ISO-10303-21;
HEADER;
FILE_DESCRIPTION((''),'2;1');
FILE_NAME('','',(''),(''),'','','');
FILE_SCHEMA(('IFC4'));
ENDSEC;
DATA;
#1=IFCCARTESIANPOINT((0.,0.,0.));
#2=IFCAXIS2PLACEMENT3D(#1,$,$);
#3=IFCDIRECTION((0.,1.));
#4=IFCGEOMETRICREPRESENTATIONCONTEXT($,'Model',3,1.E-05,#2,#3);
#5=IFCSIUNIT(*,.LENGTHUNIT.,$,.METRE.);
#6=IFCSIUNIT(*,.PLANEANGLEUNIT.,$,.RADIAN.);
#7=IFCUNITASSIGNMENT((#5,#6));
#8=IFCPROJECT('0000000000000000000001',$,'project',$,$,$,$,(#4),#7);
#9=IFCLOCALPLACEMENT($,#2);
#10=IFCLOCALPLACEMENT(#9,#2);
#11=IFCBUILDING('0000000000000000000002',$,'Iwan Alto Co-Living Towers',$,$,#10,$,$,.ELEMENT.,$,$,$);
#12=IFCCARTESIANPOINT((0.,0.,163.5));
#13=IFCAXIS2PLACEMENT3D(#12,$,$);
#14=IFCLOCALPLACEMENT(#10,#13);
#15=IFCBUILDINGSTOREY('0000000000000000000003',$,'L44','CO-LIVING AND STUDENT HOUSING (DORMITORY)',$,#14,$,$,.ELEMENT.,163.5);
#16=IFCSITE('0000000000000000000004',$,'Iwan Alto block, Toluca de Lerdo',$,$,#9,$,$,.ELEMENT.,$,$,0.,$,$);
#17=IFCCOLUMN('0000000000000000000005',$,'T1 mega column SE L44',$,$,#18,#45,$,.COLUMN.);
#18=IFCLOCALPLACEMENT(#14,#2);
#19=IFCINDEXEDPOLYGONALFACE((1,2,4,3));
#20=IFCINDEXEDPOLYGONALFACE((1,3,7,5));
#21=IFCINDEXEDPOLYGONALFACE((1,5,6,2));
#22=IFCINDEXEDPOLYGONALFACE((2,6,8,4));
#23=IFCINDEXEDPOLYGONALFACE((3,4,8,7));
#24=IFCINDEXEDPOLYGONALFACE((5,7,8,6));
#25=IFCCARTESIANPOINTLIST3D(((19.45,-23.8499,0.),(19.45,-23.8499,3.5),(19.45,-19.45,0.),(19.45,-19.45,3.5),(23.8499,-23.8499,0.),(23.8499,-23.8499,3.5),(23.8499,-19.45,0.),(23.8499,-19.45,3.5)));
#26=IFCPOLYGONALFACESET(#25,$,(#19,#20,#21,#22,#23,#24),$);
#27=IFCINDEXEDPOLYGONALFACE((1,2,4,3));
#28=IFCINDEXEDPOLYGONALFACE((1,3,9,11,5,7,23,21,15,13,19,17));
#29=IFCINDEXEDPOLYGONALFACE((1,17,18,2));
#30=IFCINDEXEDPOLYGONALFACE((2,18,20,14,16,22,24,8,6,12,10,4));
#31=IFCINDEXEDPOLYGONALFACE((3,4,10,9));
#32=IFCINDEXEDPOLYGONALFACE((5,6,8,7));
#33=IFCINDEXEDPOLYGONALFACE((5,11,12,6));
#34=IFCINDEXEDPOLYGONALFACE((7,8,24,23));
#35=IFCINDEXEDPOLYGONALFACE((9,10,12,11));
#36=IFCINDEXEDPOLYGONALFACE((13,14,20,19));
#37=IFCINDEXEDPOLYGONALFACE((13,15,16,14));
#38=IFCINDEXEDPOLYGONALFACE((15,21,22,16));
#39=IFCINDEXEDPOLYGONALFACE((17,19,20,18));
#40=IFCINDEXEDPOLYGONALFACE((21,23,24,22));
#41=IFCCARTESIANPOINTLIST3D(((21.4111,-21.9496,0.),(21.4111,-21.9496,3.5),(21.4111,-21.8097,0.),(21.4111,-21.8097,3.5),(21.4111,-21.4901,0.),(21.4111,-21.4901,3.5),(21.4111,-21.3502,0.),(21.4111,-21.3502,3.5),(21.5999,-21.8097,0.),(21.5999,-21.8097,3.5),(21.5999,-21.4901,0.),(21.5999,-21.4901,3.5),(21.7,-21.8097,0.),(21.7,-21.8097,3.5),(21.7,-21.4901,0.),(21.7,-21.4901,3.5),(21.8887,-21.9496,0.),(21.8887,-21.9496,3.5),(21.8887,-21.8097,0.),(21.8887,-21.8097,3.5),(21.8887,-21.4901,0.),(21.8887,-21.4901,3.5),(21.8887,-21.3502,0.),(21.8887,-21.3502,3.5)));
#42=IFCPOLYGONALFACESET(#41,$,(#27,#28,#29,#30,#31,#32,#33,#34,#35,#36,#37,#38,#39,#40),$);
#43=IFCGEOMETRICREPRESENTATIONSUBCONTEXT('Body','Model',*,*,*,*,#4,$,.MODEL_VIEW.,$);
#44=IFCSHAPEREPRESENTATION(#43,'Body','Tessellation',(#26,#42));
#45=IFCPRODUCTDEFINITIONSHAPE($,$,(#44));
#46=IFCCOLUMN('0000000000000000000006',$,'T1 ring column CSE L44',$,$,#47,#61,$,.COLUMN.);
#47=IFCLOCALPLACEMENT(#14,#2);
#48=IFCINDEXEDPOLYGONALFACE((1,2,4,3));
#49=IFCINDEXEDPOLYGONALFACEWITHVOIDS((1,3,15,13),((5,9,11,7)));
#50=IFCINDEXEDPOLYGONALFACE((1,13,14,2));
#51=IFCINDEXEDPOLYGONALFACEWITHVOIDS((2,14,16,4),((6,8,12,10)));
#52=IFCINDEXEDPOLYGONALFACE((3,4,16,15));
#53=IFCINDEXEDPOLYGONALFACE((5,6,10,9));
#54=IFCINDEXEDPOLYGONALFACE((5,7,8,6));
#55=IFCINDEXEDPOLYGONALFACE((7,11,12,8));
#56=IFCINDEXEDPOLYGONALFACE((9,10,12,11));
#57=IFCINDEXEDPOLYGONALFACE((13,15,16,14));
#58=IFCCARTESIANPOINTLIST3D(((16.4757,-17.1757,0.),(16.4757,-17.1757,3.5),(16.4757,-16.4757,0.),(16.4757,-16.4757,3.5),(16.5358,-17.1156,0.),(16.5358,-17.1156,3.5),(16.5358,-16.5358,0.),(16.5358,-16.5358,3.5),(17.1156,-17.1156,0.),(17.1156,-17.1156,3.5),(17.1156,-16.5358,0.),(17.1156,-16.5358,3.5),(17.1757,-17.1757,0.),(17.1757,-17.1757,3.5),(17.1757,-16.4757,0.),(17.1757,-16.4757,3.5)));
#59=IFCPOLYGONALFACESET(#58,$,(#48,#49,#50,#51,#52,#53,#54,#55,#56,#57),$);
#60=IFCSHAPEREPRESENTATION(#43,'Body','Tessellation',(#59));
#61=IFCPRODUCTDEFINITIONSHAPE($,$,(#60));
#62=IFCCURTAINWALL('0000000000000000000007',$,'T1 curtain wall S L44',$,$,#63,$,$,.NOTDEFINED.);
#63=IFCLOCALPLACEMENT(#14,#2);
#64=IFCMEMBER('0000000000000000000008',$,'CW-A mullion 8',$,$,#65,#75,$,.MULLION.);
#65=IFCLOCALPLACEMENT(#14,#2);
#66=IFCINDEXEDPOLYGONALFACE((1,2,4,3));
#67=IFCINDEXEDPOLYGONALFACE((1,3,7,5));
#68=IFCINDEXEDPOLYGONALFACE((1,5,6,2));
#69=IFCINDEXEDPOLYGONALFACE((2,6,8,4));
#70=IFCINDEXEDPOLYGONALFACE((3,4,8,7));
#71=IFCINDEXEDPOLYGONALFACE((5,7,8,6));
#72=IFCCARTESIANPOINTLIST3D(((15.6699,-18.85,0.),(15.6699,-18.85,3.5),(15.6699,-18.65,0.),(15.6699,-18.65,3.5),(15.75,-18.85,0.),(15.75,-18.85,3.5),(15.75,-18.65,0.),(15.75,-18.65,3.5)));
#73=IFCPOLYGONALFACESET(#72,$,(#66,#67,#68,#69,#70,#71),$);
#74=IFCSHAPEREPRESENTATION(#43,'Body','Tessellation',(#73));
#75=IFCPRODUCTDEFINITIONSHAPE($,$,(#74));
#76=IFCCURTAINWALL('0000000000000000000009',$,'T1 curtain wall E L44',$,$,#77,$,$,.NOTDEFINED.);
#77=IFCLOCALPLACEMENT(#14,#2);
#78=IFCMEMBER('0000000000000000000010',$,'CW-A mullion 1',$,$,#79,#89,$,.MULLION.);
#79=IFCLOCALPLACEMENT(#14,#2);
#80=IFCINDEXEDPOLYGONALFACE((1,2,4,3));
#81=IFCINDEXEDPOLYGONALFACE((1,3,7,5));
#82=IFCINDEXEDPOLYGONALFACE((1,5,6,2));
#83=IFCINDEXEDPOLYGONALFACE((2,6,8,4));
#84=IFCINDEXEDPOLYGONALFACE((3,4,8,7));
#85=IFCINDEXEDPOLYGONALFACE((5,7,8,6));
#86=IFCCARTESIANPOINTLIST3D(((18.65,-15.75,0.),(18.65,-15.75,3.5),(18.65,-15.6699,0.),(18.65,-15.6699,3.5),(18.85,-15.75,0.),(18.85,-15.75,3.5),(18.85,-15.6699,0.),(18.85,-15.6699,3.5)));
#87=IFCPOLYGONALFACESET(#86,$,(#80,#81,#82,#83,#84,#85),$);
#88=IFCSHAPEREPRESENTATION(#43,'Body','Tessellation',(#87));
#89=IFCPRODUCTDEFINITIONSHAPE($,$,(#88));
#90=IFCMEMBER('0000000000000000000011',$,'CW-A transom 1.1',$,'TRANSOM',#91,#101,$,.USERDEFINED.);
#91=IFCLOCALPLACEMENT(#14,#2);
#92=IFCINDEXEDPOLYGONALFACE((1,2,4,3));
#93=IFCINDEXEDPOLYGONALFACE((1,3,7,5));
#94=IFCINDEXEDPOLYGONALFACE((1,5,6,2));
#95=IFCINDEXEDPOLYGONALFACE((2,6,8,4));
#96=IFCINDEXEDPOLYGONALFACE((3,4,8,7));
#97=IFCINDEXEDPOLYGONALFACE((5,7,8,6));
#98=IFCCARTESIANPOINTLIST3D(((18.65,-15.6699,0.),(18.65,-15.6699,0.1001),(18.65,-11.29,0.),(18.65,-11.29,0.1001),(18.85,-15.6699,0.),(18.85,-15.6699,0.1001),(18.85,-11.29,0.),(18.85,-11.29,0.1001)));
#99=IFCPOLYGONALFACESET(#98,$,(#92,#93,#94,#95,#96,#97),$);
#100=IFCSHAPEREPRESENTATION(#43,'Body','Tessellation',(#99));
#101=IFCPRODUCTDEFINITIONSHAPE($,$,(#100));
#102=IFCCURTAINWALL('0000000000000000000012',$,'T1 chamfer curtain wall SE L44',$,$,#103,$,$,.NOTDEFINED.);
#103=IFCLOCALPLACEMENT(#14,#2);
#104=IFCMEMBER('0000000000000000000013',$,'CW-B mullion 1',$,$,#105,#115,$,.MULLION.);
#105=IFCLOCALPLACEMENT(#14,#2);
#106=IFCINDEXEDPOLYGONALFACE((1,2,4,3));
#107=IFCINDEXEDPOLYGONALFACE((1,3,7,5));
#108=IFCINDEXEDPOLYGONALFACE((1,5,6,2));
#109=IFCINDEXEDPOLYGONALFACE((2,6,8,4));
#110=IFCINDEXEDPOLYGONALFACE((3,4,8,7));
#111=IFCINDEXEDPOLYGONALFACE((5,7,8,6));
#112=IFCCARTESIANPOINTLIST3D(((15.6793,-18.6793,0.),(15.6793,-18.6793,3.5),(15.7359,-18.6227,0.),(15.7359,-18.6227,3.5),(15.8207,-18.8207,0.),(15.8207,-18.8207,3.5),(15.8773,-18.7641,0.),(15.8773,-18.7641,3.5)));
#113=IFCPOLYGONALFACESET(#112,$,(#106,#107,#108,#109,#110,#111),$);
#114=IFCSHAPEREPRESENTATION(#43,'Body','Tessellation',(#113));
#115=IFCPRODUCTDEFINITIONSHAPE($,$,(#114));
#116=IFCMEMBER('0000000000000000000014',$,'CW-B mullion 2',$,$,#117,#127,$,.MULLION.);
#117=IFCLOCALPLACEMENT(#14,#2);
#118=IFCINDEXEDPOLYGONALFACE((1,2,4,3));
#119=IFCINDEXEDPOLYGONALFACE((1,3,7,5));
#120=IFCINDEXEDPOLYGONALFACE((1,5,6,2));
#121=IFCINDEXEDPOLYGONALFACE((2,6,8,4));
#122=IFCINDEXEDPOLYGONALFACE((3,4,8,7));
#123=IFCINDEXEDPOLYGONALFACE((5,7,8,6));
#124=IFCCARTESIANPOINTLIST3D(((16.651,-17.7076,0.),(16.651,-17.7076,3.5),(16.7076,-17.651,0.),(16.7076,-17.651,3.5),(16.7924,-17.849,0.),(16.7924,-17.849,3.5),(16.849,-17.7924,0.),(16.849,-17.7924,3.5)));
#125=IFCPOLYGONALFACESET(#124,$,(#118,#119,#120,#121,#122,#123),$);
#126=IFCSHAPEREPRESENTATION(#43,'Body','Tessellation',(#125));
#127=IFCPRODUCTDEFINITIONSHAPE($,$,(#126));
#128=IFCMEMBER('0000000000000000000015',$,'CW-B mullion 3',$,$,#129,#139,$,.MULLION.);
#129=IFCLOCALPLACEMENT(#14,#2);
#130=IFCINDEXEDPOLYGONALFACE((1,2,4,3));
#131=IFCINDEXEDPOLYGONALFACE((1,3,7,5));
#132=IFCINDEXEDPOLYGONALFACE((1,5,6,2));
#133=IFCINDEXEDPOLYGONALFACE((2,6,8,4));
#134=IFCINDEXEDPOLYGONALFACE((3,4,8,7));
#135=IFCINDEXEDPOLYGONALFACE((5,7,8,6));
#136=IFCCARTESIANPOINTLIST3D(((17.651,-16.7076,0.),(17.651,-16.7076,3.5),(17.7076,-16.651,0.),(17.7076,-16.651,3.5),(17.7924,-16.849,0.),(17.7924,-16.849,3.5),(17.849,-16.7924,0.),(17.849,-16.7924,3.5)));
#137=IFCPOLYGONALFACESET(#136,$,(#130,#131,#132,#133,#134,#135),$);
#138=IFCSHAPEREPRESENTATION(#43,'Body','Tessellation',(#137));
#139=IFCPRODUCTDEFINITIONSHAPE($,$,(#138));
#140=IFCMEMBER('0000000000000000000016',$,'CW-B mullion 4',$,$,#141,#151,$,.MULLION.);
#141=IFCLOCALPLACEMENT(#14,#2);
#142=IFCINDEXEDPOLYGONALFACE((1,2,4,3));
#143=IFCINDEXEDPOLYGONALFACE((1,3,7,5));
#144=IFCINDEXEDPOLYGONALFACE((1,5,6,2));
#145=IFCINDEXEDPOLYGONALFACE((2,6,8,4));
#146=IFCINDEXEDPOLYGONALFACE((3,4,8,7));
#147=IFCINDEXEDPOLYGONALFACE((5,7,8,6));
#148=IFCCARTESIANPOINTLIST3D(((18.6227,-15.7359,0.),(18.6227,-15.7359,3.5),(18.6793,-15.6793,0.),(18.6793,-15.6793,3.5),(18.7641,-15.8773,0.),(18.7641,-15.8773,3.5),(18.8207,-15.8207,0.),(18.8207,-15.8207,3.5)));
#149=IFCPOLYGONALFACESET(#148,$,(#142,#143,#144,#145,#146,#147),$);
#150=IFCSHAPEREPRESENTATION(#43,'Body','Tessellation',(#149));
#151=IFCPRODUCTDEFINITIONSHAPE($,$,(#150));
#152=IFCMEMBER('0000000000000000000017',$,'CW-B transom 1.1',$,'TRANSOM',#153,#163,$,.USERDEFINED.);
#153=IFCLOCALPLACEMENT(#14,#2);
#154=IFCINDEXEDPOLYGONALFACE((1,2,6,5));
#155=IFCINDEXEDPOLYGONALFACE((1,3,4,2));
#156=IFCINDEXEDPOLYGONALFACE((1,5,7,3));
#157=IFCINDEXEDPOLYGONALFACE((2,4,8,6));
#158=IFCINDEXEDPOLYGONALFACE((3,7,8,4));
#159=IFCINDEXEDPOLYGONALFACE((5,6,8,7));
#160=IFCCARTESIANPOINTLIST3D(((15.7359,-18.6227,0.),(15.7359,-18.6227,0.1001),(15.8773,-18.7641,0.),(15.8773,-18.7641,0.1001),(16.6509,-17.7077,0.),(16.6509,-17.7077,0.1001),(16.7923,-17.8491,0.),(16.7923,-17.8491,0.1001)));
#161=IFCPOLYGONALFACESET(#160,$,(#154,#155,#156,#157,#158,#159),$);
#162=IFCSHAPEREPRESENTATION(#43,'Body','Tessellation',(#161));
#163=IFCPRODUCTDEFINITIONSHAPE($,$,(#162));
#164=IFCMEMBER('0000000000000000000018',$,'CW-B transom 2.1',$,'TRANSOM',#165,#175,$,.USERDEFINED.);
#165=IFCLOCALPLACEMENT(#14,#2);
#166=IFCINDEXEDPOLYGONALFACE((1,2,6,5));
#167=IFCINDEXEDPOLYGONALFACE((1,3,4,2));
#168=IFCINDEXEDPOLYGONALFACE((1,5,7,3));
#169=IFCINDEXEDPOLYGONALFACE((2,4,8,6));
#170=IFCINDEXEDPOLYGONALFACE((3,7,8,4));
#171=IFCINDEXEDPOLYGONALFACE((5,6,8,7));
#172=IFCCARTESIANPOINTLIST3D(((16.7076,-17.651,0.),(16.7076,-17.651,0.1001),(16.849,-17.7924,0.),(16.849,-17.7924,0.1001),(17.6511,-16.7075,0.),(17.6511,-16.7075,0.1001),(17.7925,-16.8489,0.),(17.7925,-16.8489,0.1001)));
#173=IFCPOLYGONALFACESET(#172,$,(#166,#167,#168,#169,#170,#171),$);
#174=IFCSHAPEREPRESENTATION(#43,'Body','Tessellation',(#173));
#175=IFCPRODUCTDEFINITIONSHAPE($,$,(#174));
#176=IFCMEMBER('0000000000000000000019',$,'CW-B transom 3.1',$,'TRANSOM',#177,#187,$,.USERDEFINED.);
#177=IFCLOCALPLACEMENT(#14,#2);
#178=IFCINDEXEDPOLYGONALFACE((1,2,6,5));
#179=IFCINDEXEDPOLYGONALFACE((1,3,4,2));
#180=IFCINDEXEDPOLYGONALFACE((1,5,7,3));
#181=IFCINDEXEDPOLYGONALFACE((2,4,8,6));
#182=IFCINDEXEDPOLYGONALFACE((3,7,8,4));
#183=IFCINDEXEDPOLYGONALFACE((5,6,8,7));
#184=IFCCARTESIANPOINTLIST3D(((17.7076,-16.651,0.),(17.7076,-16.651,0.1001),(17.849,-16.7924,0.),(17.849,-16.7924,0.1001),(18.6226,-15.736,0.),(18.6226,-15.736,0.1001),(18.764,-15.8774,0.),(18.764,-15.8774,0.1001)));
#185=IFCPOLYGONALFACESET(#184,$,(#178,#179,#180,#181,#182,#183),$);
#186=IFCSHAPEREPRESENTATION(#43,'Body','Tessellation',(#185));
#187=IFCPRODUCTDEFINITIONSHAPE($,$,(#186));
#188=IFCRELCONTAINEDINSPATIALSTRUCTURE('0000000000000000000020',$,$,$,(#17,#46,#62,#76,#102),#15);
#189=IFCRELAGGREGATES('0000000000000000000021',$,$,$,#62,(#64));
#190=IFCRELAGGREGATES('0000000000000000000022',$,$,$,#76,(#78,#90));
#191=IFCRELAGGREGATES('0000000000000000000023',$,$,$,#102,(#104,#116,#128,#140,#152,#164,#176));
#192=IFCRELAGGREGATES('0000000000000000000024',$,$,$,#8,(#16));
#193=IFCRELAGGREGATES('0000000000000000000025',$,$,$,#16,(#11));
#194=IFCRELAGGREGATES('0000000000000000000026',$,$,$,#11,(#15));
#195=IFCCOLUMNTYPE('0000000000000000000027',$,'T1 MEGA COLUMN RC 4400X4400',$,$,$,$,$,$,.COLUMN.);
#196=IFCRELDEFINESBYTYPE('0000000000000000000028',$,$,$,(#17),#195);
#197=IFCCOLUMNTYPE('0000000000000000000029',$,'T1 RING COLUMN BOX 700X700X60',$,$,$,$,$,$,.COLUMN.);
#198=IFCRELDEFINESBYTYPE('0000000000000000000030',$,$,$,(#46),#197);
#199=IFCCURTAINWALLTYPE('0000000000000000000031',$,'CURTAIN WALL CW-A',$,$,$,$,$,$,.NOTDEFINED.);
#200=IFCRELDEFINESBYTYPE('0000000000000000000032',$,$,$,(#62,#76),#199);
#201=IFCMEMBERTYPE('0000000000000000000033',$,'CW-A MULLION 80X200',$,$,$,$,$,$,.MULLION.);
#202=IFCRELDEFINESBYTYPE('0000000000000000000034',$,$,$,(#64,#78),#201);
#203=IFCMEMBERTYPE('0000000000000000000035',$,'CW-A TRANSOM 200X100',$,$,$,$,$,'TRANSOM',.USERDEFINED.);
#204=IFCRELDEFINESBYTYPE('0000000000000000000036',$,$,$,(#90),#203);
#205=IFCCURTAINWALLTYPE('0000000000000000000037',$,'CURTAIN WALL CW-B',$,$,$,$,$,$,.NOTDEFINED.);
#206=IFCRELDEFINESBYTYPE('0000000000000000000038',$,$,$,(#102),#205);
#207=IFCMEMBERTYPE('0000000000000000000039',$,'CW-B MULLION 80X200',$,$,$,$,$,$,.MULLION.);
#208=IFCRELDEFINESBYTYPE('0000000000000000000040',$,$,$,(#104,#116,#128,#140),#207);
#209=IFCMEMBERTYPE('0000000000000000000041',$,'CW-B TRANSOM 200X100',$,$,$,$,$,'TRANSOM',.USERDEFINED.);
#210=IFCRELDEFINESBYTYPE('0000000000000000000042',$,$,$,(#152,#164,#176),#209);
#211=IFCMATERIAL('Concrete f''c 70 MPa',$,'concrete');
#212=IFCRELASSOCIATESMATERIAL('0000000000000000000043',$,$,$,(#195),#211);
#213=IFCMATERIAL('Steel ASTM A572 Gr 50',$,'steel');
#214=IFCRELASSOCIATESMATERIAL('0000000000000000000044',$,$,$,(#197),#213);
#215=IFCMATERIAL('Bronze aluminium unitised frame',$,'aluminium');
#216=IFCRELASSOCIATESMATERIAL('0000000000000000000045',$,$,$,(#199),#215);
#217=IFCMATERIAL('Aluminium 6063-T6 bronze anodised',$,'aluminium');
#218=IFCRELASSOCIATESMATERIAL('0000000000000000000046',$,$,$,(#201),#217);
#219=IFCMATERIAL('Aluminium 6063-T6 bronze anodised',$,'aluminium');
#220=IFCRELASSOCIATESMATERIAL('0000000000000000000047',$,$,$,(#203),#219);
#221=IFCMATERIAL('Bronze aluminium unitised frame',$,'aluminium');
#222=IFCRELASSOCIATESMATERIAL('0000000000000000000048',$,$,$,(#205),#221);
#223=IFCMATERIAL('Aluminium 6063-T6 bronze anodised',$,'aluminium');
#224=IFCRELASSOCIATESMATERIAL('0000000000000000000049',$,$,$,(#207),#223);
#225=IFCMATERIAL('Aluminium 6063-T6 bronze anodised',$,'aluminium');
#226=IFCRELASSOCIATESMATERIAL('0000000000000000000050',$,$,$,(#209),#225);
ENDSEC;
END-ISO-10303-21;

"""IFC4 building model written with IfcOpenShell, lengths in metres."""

from ifc_helpers import new_model, si_unit, direction, frame, origin, origin_2d, place, context, subcontext, project, spatial, rectangle, hollow_rectangle, i_section, extrude, material, material_profile, profile_set, type_object, element, aggregate, save


model = new_model("IFC4")

# Units and contexts
model_context = context("Model", 3, precision=1e-05, world=origin(), true_north=direction((0.0, 1.0)))
body_context = subcontext(model_context, "Body", "Model", "MODEL_VIEW")
ifc_project = project(units=[si_unit("LENGTHUNIT", "METRE"), si_unit("PLANEANGLEUNIT", "RADIAN")], contexts=[model_context])

# Site, building, storey
site_placement = place(None, origin())
site = spatial("IfcSite", under=ifc_project, at=site_placement, Name="Iwan Alto block, Toluca de Lerdo", CompositionType="ELEMENT", RefElevation=0.0)
building_placement = place(site_placement, origin())
building = spatial("IfcBuilding", under=site, at=building_placement, Name="Iwan Alto Co-Living Towers", CompositionType="ELEMENT")
storey_placement = place(building_placement, frame((0.0, 0.0, 163.5)))
storey = spatial("IfcBuildingStorey", under=building, at=storey_placement, Name="L44", Description="CO-LIVING AND STUDENT HOUSING (DORMITORY)", CompositionType="ELEMENT", Elevation=163.5)

# Columns
ifc_material_1 = material(Name="Concrete f'c 70 MPa", Category="concrete")
ifc_material_profile_1 = material_profile(ifc_material_1, rectangle(XDim=4.3999, YDim=4.3999, at=origin_2d()), Name="RC 4400X4400")
ifc_profile_set_1 = profile_set([ifc_material_profile_1], Name="Concrete f'c 70 MPa")
column_type_1 = type_object("IfcColumnType", Name="T1 MEGA COLUMN RC 4400X4400", PredefinedType="COLUMN", material=ifc_profile_set_1)
column_1_placement = place(storey_placement, frame((21.6499, -21.6499, 0.0), z_axis=(0.0, 0.0, 1.0), x_axis=(1.0, 0.0, 0.0)))
element("IfcColumn", 1, at=column_1_placement, inside=storey, type_object=column_type_1, Name="T1 mega column SE L44", PredefinedType="COLUMN", context=body_context, shape_type="SweptSolid", body=[
    extrude(rectangle(XDim=4.3999, YDim=4.3999, at=origin_2d()), origin(), (0.0, 0.0, 1.0), 3.5),
    extrude(i_section(OverallWidth=0.4775, OverallDepth=0.5994, WebThickness=0.1001, FlangeThickness=0.1399, at=origin_2d()), origin(), (0.0, 0.0, 1.0), 3.5),
])
ifc_material_2 = material(Name="Steel ASTM A572 Gr 50", Category="steel")
ifc_material_profile_2 = material_profile(ifc_material_2, hollow_rectangle(XDim=0.7, YDim=0.7, WallThickness=0.0601, at=origin_2d()), Name="BOX 700X700X60")
ifc_profile_set_2 = profile_set([ifc_material_profile_2], Name="Steel ASTM A572 Gr 50")
column_type_2 = type_object("IfcColumnType", Name="T1 RING COLUMN BOX 700X700X60", PredefinedType="COLUMN", material=ifc_profile_set_2)
column_2_placement = place(storey_placement, frame((16.8257, -16.8257, 0.0), z_axis=(0.0, 0.0, 1.0), x_axis=(1.0, 0.0, 0.0)))
element("IfcColumn", 2, at=column_2_placement, inside=storey, type_object=column_type_2, Name="T1 ring column CSE L44", PredefinedType="COLUMN", context=body_context, shape_type="SweptSolid", body=[
    extrude(hollow_rectangle(XDim=0.7, YDim=0.7, WallThickness=0.0601, at=origin_2d()), origin(), (0.0, 0.0, 1.0), 3.5),
])

# Curtain wall, member
ifc_material_3 = material(Name="Bronze aluminium unitised frame", Category="aluminium")
curtain_wall_type_1 = type_object("IfcCurtainWallType", Name="CURTAIN WALL CW-A", PredefinedType="NOTDEFINED", material=ifc_material_3)
curtain_wall_1_placement = place(storey_placement, origin())
curtain_wall_1 = element("IfcCurtainWall", 3, at=curtain_wall_1_placement, inside=storey, type_object=curtain_wall_type_1, Name="T1 curtain wall S L44", PredefinedType="NOTDEFINED")
ifc_material_4 = material(Name="Aluminium 6063-T6 bronze anodised", Category="aluminium")
ifc_material_profile_3 = material_profile(ifc_material_4, rectangle(XDim=0.2, YDim=0.0801, at=origin_2d()), Name="AL 80X200")
ifc_profile_set_3 = profile_set([ifc_material_profile_3], Name="Aluminium 6063-T6 bronze anodised")
member_type_1 = type_object("IfcMemberType", Name="CW-A MULLION 80X200", PredefinedType="MULLION", material=ifc_profile_set_3)
member_1_placement = place(storey_placement, frame((15.71, -18.75, 0.0), z_axis=(0.0, 0.0, 1.0), x_axis=(0.0, 1.0, 0.0)))
member_1 = element("IfcMember", 4, at=member_1_placement, type_object=member_type_1, Name="CW-A mullion 8", PredefinedType="MULLION", context=body_context, shape_type="SweptSolid", body=[
    extrude(rectangle(XDim=0.2, YDim=0.0801, at=origin_2d()), origin(), (0.0, 0.0, 1.0), 3.5),
])

# Curtain walls, members
curtain_wall_2_placement = place(storey_placement, origin())
curtain_wall_2 = element("IfcCurtainWall", 5, at=curtain_wall_2_placement, inside=storey, type_object=curtain_wall_type_1, Name="T1 curtain wall E L44", PredefinedType="NOTDEFINED")
member_2_placement = place(storey_placement, frame((18.75, -15.71, 0.0), z_axis=(0.0, 0.0, 1.0), x_axis=(-1.0, 0.0, 0.0)))
member_2 = element("IfcMember", 6, at=member_2_placement, type_object=member_type_1, Name="CW-A mullion 1", PredefinedType="MULLION", context=body_context, shape_type="SweptSolid", body=[
    extrude(rectangle(XDim=0.2, YDim=0.0801, at=origin_2d()), origin(), (0.0, 0.0, 1.0), 3.5),
])
ifc_material_5 = material(Name="Aluminium 6063-T6 bronze anodised", Category="aluminium")
ifc_material_profile_4 = material_profile(ifc_material_5, rectangle(XDim=0.2, YDim=0.1001, at=origin_2d()), Name="AL 200X100")
ifc_profile_set_4 = profile_set([ifc_material_profile_4], Name="Aluminium 6063-T6 bronze anodised")
member_type_2 = type_object("IfcMemberType", Name="CW-A TRANSOM 200X100", ElementType="TRANSOM", PredefinedType="USERDEFINED", material=ifc_profile_set_4)
member_3_placement = place(storey_placement, frame((18.75, -15.6699, 0.05), z_axis=(0.0, 1.0, 0.0), x_axis=(-1.0, 0.0, 0.0)))
member_3 = element("IfcMember", 7, at=member_3_placement, type_object=member_type_2, Name="CW-A transom 1.1", ObjectType="TRANSOM", PredefinedType="USERDEFINED", context=body_context, shape_type="SweptSolid", body=[
    extrude(rectangle(XDim=0.2, YDim=0.1001, at=origin_2d()), origin(), (0.0, 0.0, 1.0), 4.3799),
])
ifc_material_6 = material(Name="Bronze aluminium unitised frame", Category="aluminium")
curtain_wall_type_2 = type_object("IfcCurtainWallType", Name="CURTAIN WALL CW-B", PredefinedType="NOTDEFINED", material=ifc_material_6)
curtain_wall_3_placement = place(storey_placement, origin())
curtain_wall_3 = element("IfcCurtainWall", 8, at=curtain_wall_3_placement, inside=storey, type_object=curtain_wall_type_2, Name="T1 chamfer curtain wall SE L44", PredefinedType="NOTDEFINED")
ifc_material_7 = material(Name="Aluminium 6063-T6 bronze anodised", Category="aluminium")
ifc_material_profile_5 = material_profile(ifc_material_7, rectangle(XDim=0.2, YDim=0.0801, at=origin_2d()), Name="AL 80X200")
ifc_profile_set_5 = profile_set([ifc_material_profile_5], Name="Aluminium 6063-T6 bronze anodised")
member_type_3 = type_object("IfcMemberType", Name="CW-B MULLION 80X200", PredefinedType="MULLION", material=ifc_profile_set_5)
member_4_placement = place(storey_placement, frame((15.7783, -18.7217, 0.0), z_axis=(0.0, 0.0, 1.0), x_axis=(-0.707107, 0.707107, 0.0)))
member_4 = element("IfcMember", 9, at=member_4_placement, type_object=member_type_3, Name="CW-B mullion 1", PredefinedType="MULLION", context=body_context, shape_type="SweptSolid", body=[
    extrude(rectangle(XDim=0.2, YDim=0.0801, at=origin_2d()), origin(), (0.0, 0.0, 1.0), 3.5),
])
member_5_placement = place(storey_placement, frame((16.75, -17.75, 0.0), z_axis=(0.0, 0.0, 1.0), x_axis=(-0.707107, 0.707107, 0.0)))
member_5 = element("IfcMember", 10, at=member_5_placement, type_object=member_type_3, Name="CW-B mullion 2", PredefinedType="MULLION", context=body_context, shape_type="SweptSolid", body=[
    extrude(rectangle(XDim=0.2, YDim=0.0801, at=origin_2d()), origin(), (0.0, 0.0, 1.0), 3.5),
])
member_6_placement = place(storey_placement, frame((17.75, -16.75, 0.0), z_axis=(0.0, 0.0, 1.0), x_axis=(-0.707107, 0.707107, 0.0)))
member_6 = element("IfcMember", 11, at=member_6_placement, type_object=member_type_3, Name="CW-B mullion 3", PredefinedType="MULLION", context=body_context, shape_type="SweptSolid", body=[
    extrude(rectangle(XDim=0.2, YDim=0.0801, at=origin_2d()), origin(), (0.0, 0.0, 1.0), 3.5),
])
member_7_placement = place(storey_placement, frame((18.7217, -15.7783, 0.0), z_axis=(0.0, 0.0, 1.0), x_axis=(-0.707107, 0.707107, 0.0)))
member_7 = element("IfcMember", 12, at=member_7_placement, type_object=member_type_3, Name="CW-B mullion 4", PredefinedType="MULLION", context=body_context, shape_type="SweptSolid", body=[
    extrude(rectangle(XDim=0.2, YDim=0.0801, at=origin_2d()), origin(), (0.0, 0.0, 1.0), 3.5),
])
ifc_material_8 = material(Name="Aluminium 6063-T6 bronze anodised", Category="aluminium")
ifc_material_profile_6 = material_profile(ifc_material_8, rectangle(XDim=0.2, YDim=0.1001, at=origin_2d()), Name="AL 200X100")
ifc_profile_set_6 = profile_set([ifc_material_profile_6], Name="Aluminium 6063-T6 bronze anodised")
member_type_4 = type_object("IfcMemberType", Name="CW-B TRANSOM 200X100", ElementType="TRANSOM", PredefinedType="USERDEFINED", material=ifc_profile_set_6)
member_8_placement = place(storey_placement, frame((15.8066, -18.6934, 0.05), z_axis=(0.707107, 0.707107, 0.0), x_axis=(-0.707107, 0.707107, 0.0)))
member_8 = element("IfcMember", 13, at=member_8_placement, type_object=member_type_4, Name="CW-B transom 1.1", ObjectType="TRANSOM", PredefinedType="USERDEFINED", context=body_context, shape_type="SweptSolid", body=[
    extrude(rectangle(XDim=0.2, YDim=0.1001, at=origin_2d()), origin(), (0.0, 0.0, 1.0), 1.2939),
])
member_9_placement = place(storey_placement, frame((16.7783, -17.7217, 0.05), z_axis=(0.707107, 0.707107, 0.0), x_axis=(-0.707107, 0.707107, 0.0)))
member_9 = element("IfcMember", 14, at=member_9_placement, type_object=member_type_4, Name="CW-B transom 2.1", ObjectType="TRANSOM", PredefinedType="USERDEFINED", context=body_context, shape_type="SweptSolid", body=[
    extrude(rectangle(XDim=0.2, YDim=0.1001, at=origin_2d()), origin(), (0.0, 0.0, 1.0), 1.3342),
])
member_10_placement = place(storey_placement, frame((17.7783, -16.7217, 0.05), z_axis=(0.707107, 0.707107, 0.0), x_axis=(-0.707107, 0.707107, 0.0)))
member_10 = element("IfcMember", 15, at=member_10_placement, type_object=member_type_4, Name="CW-B transom 3.1", ObjectType="TRANSOM", PredefinedType="USERDEFINED", context=body_context, shape_type="SweptSolid", body=[
    extrude(rectangle(XDim=0.2, YDim=0.1001, at=origin_2d()), origin(), (0.0, 0.0, 1.0), 1.2939),
])

aggregate(curtain_wall_1, [member_1])
aggregate(curtain_wall_2, [member_2, member_3])
aggregate(curtain_wall_3, [member_4, member_5, member_6, member_7, member_8, member_9, member_10])

save(model, "model.ifc")
